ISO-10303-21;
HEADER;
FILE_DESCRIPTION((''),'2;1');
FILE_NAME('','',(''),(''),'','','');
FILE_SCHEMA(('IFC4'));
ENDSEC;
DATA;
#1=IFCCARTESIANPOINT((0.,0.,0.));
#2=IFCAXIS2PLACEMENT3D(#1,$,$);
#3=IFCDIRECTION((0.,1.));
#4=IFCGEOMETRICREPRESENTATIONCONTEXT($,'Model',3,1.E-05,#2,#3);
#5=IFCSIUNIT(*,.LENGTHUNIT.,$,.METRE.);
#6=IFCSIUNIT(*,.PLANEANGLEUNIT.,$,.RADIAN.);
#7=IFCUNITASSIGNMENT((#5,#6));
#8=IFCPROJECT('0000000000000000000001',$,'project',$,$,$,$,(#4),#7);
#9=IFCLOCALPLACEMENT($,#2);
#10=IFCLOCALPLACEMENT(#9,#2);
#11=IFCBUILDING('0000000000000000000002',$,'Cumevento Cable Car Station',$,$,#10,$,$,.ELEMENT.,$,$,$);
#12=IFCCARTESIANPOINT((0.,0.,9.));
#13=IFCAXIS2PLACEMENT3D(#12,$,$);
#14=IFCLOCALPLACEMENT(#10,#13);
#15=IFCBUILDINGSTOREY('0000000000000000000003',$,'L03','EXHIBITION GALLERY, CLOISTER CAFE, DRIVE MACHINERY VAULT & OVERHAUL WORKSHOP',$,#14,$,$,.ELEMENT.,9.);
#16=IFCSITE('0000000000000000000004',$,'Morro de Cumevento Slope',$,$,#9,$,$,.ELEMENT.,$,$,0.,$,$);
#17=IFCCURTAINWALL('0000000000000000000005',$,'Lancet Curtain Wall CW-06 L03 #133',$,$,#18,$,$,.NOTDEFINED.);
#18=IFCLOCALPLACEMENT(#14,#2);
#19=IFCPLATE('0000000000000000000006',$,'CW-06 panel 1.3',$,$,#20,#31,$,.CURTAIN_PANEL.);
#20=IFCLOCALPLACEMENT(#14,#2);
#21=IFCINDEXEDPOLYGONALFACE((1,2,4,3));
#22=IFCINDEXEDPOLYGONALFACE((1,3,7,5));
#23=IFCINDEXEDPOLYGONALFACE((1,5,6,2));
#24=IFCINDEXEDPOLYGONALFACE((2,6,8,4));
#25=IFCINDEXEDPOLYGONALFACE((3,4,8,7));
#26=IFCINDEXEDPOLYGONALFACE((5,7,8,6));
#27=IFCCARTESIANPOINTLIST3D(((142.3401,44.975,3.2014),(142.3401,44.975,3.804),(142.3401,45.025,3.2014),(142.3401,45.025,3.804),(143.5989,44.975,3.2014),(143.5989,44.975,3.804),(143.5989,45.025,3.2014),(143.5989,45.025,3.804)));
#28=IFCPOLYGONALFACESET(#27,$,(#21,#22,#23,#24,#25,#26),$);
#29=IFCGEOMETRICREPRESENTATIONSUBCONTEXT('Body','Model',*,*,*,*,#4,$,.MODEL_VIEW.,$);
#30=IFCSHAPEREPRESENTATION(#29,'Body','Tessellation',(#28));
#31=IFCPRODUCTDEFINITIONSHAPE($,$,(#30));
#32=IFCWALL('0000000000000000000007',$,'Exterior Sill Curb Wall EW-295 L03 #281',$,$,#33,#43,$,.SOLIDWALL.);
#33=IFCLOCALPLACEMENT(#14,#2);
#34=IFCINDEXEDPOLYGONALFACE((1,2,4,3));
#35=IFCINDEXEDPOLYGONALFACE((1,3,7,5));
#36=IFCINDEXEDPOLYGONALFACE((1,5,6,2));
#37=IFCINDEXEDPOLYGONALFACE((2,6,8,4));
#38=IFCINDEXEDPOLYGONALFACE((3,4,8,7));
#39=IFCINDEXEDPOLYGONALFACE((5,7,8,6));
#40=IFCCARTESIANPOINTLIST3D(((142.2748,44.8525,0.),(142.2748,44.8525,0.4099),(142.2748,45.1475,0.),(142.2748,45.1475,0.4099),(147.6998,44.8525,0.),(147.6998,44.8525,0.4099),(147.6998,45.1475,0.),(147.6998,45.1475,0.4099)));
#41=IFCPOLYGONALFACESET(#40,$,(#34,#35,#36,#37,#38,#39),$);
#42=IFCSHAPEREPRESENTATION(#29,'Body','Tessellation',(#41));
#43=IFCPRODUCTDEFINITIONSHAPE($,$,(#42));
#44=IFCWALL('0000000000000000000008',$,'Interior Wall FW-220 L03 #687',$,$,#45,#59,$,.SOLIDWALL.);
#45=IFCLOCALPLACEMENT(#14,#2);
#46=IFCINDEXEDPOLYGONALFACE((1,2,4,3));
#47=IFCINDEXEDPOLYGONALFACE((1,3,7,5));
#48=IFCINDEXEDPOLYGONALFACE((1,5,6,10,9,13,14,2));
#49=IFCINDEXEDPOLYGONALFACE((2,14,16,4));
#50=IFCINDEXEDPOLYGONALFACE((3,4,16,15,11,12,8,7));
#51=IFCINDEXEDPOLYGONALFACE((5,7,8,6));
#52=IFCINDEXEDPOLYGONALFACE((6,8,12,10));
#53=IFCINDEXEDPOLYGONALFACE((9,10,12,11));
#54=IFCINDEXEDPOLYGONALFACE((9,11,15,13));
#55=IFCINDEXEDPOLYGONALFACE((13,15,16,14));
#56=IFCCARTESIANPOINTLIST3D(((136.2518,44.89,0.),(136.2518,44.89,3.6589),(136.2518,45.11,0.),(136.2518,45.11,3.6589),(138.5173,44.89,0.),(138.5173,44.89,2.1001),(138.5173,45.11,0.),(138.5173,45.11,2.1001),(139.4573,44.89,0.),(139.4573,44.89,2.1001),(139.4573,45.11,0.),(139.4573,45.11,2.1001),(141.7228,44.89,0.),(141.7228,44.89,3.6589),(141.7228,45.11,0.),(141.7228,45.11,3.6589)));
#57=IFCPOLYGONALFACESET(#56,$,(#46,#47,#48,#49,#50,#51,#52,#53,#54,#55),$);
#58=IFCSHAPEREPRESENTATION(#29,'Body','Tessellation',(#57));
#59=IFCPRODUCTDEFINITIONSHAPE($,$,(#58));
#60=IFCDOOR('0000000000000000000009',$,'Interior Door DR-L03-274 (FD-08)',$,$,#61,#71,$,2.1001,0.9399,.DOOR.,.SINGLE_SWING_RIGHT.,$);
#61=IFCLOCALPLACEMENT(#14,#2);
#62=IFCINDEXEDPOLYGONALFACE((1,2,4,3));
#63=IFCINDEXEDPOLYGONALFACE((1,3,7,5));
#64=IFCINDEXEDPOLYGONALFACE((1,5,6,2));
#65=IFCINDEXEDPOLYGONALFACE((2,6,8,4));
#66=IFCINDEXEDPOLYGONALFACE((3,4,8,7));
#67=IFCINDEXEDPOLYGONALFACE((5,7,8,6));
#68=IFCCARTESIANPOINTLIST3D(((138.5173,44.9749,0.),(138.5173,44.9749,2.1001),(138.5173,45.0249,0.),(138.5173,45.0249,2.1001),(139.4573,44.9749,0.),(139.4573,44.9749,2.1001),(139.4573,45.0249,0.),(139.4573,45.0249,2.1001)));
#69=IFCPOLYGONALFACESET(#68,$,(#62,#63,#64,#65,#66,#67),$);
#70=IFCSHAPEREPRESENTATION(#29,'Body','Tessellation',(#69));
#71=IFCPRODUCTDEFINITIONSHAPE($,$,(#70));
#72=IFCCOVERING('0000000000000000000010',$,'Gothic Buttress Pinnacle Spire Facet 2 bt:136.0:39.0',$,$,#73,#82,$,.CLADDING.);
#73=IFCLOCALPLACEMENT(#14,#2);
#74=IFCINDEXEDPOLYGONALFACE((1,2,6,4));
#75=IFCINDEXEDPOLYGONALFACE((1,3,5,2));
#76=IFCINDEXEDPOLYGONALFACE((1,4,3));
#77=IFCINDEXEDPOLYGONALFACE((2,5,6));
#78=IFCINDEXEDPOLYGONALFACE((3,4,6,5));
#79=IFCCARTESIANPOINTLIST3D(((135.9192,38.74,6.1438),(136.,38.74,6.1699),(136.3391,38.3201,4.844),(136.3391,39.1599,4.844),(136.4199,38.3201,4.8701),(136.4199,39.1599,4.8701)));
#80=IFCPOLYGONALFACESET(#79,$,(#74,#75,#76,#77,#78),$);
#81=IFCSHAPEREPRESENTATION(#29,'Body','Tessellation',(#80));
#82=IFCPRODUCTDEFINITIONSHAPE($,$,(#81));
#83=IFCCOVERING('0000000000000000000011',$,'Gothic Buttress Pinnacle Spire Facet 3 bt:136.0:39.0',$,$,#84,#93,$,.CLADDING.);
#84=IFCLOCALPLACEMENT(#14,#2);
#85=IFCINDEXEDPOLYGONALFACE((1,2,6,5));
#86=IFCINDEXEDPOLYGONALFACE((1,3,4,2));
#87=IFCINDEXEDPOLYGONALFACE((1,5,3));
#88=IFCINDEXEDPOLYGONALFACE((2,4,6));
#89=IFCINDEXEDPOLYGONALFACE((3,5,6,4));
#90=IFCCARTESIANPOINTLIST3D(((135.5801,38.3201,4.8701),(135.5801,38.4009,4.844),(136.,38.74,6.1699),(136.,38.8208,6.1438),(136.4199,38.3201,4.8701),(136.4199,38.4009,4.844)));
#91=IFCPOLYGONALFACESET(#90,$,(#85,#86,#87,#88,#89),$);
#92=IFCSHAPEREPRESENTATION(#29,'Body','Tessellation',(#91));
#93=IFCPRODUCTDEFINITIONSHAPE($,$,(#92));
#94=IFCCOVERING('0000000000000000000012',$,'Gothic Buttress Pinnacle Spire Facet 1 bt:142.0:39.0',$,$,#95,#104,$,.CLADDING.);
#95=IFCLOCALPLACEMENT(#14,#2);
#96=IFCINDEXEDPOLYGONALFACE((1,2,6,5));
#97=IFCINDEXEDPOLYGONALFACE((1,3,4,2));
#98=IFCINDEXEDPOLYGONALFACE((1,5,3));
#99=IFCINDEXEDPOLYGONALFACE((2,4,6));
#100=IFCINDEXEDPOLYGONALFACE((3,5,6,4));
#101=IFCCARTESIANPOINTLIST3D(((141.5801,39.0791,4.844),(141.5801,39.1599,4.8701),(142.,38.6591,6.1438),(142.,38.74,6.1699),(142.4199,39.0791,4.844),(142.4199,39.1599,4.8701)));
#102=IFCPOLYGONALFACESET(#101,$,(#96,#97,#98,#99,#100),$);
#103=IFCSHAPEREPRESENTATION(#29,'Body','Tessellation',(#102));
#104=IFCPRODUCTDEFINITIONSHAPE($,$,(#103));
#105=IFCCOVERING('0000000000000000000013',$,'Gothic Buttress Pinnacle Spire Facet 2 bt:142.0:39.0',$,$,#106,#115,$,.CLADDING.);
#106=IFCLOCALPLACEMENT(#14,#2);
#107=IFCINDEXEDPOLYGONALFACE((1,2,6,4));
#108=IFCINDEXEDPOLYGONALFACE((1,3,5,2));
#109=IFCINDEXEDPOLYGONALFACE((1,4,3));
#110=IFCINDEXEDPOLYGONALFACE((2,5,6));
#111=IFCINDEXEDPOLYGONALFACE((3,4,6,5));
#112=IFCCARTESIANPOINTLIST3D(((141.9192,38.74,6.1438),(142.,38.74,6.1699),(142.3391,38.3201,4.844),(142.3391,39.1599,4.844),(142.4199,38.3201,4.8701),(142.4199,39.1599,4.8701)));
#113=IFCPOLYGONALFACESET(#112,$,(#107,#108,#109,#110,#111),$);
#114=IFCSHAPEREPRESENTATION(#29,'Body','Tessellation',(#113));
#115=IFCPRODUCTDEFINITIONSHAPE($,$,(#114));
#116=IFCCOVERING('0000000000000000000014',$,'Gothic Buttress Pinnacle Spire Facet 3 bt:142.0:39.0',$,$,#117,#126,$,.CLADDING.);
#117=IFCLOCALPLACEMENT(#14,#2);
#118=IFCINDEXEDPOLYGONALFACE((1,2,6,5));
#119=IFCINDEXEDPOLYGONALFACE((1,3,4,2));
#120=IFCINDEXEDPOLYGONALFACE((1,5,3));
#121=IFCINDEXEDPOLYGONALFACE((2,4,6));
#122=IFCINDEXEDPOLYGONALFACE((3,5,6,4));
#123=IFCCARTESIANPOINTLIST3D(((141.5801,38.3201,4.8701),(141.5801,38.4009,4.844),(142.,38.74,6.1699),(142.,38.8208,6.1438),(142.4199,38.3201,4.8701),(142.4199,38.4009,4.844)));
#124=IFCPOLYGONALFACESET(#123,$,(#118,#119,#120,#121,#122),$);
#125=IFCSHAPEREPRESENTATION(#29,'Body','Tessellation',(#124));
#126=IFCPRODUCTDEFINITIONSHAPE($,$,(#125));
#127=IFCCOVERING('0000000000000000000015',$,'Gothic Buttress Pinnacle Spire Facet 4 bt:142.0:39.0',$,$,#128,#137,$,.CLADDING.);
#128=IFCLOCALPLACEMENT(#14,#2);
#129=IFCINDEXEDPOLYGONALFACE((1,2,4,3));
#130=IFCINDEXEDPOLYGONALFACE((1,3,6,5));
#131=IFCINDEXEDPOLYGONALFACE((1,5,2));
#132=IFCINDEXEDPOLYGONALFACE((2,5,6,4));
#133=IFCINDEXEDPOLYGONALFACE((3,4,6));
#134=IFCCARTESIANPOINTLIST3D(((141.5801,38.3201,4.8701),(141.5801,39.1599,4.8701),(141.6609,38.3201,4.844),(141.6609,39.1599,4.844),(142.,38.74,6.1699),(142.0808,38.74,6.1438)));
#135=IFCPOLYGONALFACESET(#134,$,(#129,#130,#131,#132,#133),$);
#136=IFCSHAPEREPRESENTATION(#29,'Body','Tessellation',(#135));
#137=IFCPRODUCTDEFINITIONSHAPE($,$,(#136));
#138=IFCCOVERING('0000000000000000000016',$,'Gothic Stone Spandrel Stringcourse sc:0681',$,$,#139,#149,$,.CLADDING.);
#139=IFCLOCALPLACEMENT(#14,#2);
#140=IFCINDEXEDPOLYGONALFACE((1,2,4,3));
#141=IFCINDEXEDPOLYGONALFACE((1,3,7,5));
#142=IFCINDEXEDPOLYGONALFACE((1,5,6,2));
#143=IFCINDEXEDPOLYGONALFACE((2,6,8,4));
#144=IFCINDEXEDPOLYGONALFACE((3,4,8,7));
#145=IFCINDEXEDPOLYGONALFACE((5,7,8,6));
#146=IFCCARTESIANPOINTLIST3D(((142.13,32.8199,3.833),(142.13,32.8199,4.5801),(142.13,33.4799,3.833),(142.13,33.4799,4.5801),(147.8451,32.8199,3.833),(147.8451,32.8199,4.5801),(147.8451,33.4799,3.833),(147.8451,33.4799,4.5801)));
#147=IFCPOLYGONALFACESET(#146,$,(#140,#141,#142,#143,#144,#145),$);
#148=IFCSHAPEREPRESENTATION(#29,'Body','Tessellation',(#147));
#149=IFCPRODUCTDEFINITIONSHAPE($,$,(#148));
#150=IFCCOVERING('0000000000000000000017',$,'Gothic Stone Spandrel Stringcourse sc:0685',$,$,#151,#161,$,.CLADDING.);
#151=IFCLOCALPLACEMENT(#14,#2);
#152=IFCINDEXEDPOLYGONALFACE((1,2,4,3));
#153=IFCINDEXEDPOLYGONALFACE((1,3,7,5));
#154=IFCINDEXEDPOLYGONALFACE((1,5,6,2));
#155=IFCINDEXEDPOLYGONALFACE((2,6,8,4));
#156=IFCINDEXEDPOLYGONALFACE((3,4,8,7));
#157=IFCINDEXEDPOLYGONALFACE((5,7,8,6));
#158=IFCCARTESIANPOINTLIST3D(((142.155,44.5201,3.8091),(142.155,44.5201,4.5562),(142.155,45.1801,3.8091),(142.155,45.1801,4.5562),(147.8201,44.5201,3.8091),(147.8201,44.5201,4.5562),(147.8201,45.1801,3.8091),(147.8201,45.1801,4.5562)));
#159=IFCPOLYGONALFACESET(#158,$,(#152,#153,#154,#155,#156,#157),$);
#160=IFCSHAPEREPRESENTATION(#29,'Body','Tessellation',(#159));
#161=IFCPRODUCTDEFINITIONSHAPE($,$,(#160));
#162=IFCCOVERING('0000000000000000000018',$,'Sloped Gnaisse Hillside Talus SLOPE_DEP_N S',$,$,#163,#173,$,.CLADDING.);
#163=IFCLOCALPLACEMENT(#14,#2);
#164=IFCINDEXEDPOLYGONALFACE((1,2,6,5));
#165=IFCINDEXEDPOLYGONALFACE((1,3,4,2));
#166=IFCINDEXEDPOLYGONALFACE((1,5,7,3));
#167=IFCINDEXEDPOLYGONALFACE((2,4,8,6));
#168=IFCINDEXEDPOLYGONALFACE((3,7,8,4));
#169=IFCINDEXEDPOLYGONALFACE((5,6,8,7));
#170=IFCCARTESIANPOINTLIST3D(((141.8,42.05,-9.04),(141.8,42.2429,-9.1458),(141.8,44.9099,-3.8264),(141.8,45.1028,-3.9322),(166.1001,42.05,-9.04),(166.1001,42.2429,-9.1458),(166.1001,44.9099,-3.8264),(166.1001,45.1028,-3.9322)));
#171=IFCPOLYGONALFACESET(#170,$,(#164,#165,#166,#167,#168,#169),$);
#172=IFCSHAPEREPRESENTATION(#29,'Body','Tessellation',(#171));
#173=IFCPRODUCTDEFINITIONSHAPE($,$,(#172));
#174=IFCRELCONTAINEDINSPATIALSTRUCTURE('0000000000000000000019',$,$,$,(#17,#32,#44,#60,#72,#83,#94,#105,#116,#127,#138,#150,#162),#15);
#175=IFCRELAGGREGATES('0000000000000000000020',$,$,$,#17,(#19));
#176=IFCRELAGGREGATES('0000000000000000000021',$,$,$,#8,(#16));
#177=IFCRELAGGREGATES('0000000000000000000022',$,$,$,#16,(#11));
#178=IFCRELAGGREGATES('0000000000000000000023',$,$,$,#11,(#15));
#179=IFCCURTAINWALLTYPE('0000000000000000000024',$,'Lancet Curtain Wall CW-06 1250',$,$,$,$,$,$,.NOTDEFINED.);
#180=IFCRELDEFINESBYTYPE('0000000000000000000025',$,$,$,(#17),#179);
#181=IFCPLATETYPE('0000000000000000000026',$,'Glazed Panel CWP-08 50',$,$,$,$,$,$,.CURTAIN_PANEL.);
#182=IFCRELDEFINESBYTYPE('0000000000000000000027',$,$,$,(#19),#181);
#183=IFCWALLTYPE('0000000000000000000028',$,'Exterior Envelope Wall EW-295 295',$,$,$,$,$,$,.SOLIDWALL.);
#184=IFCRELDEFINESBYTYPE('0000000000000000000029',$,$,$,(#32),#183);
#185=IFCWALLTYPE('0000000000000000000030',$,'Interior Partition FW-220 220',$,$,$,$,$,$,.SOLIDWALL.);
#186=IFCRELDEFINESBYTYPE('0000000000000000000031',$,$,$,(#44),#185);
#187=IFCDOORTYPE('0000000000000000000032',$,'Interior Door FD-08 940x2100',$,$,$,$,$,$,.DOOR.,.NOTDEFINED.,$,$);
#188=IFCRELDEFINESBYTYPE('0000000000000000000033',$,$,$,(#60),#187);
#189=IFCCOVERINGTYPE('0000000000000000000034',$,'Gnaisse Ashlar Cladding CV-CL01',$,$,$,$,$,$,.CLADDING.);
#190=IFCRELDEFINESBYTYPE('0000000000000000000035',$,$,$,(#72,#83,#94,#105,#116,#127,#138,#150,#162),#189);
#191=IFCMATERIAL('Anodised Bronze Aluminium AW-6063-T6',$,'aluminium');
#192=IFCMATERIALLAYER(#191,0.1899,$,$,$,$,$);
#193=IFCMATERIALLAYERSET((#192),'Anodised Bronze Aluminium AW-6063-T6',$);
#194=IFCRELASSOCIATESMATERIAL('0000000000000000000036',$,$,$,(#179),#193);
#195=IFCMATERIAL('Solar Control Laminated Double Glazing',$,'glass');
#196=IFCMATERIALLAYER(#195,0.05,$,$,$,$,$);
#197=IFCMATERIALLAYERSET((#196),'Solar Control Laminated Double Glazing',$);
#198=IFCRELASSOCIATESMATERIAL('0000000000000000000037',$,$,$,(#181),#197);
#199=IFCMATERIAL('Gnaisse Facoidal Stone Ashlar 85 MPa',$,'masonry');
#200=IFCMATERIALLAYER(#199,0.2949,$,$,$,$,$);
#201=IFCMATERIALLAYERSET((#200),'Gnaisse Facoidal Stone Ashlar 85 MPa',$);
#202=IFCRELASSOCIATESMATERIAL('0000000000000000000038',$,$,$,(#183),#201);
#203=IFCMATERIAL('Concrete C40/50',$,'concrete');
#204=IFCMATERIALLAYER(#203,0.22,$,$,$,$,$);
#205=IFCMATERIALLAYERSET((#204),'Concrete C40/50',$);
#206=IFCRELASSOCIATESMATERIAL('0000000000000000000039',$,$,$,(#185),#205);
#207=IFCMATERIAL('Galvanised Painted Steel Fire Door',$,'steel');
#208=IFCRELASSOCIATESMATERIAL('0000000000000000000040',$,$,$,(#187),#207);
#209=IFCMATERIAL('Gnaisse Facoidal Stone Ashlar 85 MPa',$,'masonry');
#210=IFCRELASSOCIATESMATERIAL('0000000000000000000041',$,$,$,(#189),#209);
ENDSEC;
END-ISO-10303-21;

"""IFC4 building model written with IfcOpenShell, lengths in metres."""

from ifc_helpers import new_model, si_unit, direction, frame, frame_2d, origin, origin_2d, place, context, subcontext, project, spatial, polyline, rectangle, outline, extrude, material, layer, layer_set, type_object, element, fill, aggregate, save


model = new_model("IFC4")

# Units and contexts
model_context = context("Model", 3, precision=1e-05, world=origin(), true_north=direction((0.0, 1.0)))
body_context = subcontext(model_context, "Body", "Model", "MODEL_VIEW")
ifc_project = project(units=[si_unit("LENGTHUNIT", "METRE"), si_unit("PLANEANGLEUNIT", "RADIAN")], contexts=[model_context])

# Site, building, storey
site_placement = place(None, origin())
site = spatial("IfcSite", under=ifc_project, at=site_placement, Name="Morro de Cumevento Slope", CompositionType="ELEMENT", RefElevation=0.0)
building_placement = place(site_placement, origin())
building = spatial("IfcBuilding", under=site, at=building_placement, Name="Cumevento Cable Car Station", CompositionType="ELEMENT")
storey_placement = place(building_placement, frame((0.0, 0.0, 9.0)))
storey = spatial("IfcBuildingStorey", under=building, at=storey_placement, Name="L03", Description="EXHIBITION GALLERY, CLOISTER CAFE, DRIVE MACHINERY VAULT & OVERHAUL WORKSHOP", CompositionType="ELEMENT", Elevation=9.0)

# Curtain wall
ifc_material_1 = material(Name="Anodised Bronze Aluminium AW-6063-T6", Category="aluminium")
ifc_layer_1 = layer(ifc_material_1, 0.1899)
ifc_layer_set_1 = layer_set([ifc_layer_1], Name="Anodised Bronze Aluminium AW-6063-T6")
curtain_wall_type = type_object("IfcCurtainWallType", Name="Lancet Curtain Wall CW-06 1250", PredefinedType="NOTDEFINED", material=ifc_layer_set_1)
curtain_wall_placement = place(storey_placement, origin())
curtain_wall = element("IfcCurtainWall", 1, at=curtain_wall_placement, inside=storey, type_object=curtain_wall_type, Name="Lancet Curtain Wall CW-06 L03 #133", PredefinedType="NOTDEFINED")

# Plate
ifc_material_2 = material(Name="Solar Control Laminated Double Glazing", Category="glass")
ifc_layer_2 = layer(ifc_material_2, 0.05)
ifc_layer_set_2 = layer_set([ifc_layer_2], Name="Solar Control Laminated Double Glazing")
plate_type = type_object("IfcPlateType", Name="Glazed Panel CWP-08 50", PredefinedType="CURTAIN_PANEL", material=ifc_layer_set_2)
plate_1_placement = place(storey_placement, frame((142.9695, 45.0, 3.2014), z_axis=(0.0, 0.0, 1.0), x_axis=(1.0, 0.0, 0.0)))
plate_1 = element("IfcPlate", 2, at=plate_1_placement, type_object=plate_type, Name="CW-06 panel 1.3", PredefinedType="CURTAIN_PANEL", context=body_context, shape_type="SweptSolid", body=[
    extrude(rectangle(XDim=1.2588, YDim=0.05, at=origin_2d()), origin(), (0.0, 0.0, 1.0), 0.6025),
])
aggregate(curtain_wall, [plate_1])

# Wall
ifc_material_3 = material(Name="Gnaisse Facoidal Stone Ashlar 85 MPa", Category="masonry")
ifc_layer_3 = layer(ifc_material_3, 0.2949)
ifc_layer_set_3 = layer_set([ifc_layer_3], Name="Gnaisse Facoidal Stone Ashlar 85 MPa")
wall_type_1 = type_object("IfcWallType", Name="Exterior Envelope Wall EW-295 295", PredefinedType="SOLIDWALL", material=ifc_layer_set_3)
wall_1_placement = place(storey_placement, frame((142.2749, 45.0, 0.0), z_axis=(0.0, 0.0, 1.0), x_axis=(1.0, 0.0, 0.0)))
element("IfcWall", 3, at=wall_1_placement, inside=storey, type_object=wall_type_1, Name="Exterior Sill Curb Wall EW-295 L03 #281", PredefinedType="SOLIDWALL", context=body_context, shape_type="SweptSolid", body=[
    extrude(rectangle(XDim=5.425, YDim=0.2949, at=frame_2d((2.7124, 0.0))), origin(), (0.0, 0.0, 1.0), 0.4099),
])

# Wall, opening, door
ifc_material_4 = material(Name="Concrete C40/50", Category="concrete")
ifc_layer_4 = layer(ifc_material_4, 0.22)
ifc_layer_set_4 = layer_set([ifc_layer_4], Name="Concrete C40/50")
wall_type_2 = type_object("IfcWallType", Name="Interior Partition FW-220 220", PredefinedType="SOLIDWALL", material=ifc_layer_set_4)
wall_2_placement = place(storey_placement, frame((136.252, 45.0, 0.0), z_axis=(0.0, 0.0, 1.0), x_axis=(1.0, 0.0, 0.0)))
wall_2 = element("IfcWall", 4, at=wall_2_placement, inside=storey, type_object=wall_type_2, Name="Interior Wall FW-220 L03 #687", PredefinedType="SOLIDWALL", context=body_context, shape_type="SweptSolid", body=[
    extrude(rectangle(XDim=5.4709, YDim=0.22, at=frame_2d((2.7354, 0.0))), origin(), (0.0, 0.0, 1.0), 3.6589),
])
opening_placement = place(wall_2_placement, frame((2.2654, 0.0, 0.0)))
opening = element("IfcOpeningElement", 5, at=opening_placement, cuts=wall_2, PredefinedType="OPENING", context=body_context, shape_type="SweptSolid", body=[
    extrude(rectangle(XDim=0.9399, YDim=2.1001, at=frame_2d((0.47, 1.05))), frame((0.0, 0.1199, 0.0), z_axis=(0.0, -1.0, 0.0), x_axis=(1.0, 0.0, 0.0)), (0.0, 0.0, 1.0), 0.24),
])
ifc_material_5 = material(Name="Galvanised Painted Steel Fire Door", Category="steel")
door_type = type_object("IfcDoorType", Name="Interior Door FD-08 940x2100", OperationType="NOTDEFINED", PredefinedType="DOOR", material=ifc_material_5)
door_placement = place(opening_placement, origin())
door = element("IfcDoor", 6, at=door_placement, inside=storey, type_object=door_type, Name="Interior Door DR-L03-274 (FD-08)", OperationType="SINGLE_SWING_RIGHT", OverallHeight=2.1001, OverallWidth=0.9399, PredefinedType="DOOR", context=body_context, shape_type="SweptSolid", body=[
    extrude(rectangle(XDim=0.9399, YDim=2.1001, at=frame_2d((0.47, 1.05))), frame((0.0, 0.0249, 0.0), z_axis=(0.0, -1.0, 0.0), x_axis=(1.0, 0.0, 0.0)), (0.0, 0.0, 1.0), 0.05),
])
fill(opening, door)

# Coverings
ifc_material_6 = material(Name="Gnaisse Facoidal Stone Ashlar 85 MPa", Category="masonry")
covering_type = type_object("IfcCoveringType", Name="Gnaisse Ashlar Cladding CV-CL01", PredefinedType="CLADDING", material=ifc_material_6)
for number, where, z_axis, x_axis, name in (
    (7, (136.4199, 39.1599, 4.8701), (0.951574, 0.0, 0.307421), (0.0, -1.0, 0.0), "Gothic Buttress Pinnacle Spire Facet 2 bt:136.0:39.0"),
    (8, (136.4199, 38.3201, 4.8701), (0.0, -0.951574, 0.307421), (-1.0, 0.0, 0.0), "Gothic Buttress Pinnacle Spire Facet 3 bt:136.0:39.0"),
    (9, (141.5801, 39.1599, 4.8701), (0.0, 0.951574, 0.307421), (1.0, 0.0, 0.0), "Gothic Buttress Pinnacle Spire Facet 1 bt:142.0:39.0"),
    (10, (142.4199, 39.1599, 4.8701), (0.951574, 0.0, 0.307421), (0.0, -1.0, 0.0), "Gothic Buttress Pinnacle Spire Facet 2 bt:142.0:39.0"),
    (11, (142.4199, 38.3201, 4.8701), (0.0, -0.951574, 0.307421), (-1.0, 0.0, 0.0), "Gothic Buttress Pinnacle Spire Facet 3 bt:142.0:39.0"),
    (12, (141.5801, 38.3201, 4.8701), (-0.951574, 0.0, 0.307421), (0.0, 1.0, 0.0), "Gothic Buttress Pinnacle Spire Facet 4 bt:142.0:39.0"),
):
    element("IfcCovering", number, at=place(storey_placement, frame(where, z_axis=z_axis, x_axis=x_axis)), inside=storey, type_object=covering_type, Name=name, PredefinedType="CLADDING", context=body_context, shape_type="SweptSolid", body=[
        extrude(outline(polyline([(0.0, 0.0), (0.8398, 0.0), (0.4199, -1.366), (0.0, 0.0)])), origin(), (0.0, 0.0, -1.0), 0.085),
    ])
covering_1_placement = place(storey_placement, frame((144.9875, 33.1499, 3.833), z_axis=(0.0, 0.0, 1.0), x_axis=(-1.0, 0.0, 0.0)))
element("IfcCovering", 13, at=covering_1_placement, inside=storey, type_object=covering_type, Name="Gothic Stone Spandrel Stringcourse sc:0681", PredefinedType="CLADDING", context=body_context, shape_type="SweptSolid", body=[
    extrude(rectangle(XDim=5.7151, YDim=0.6599, at=origin_2d()), origin(), (0.0, 0.0, 1.0), 0.7471),
])
covering_2_placement = place(storey_placement, frame((144.9875, 44.8501, 3.8091), z_axis=(0.0, 0.0, 1.0), x_axis=(1.0, 0.0, 0.0)))
element("IfcCovering", 14, at=covering_2_placement, inside=storey, type_object=covering_type, Name="Gothic Stone Spandrel Stringcourse sc:0685", PredefinedType="CLADDING", context=body_context, shape_type="SweptSolid", body=[
    extrude(rectangle(XDim=5.665, YDim=0.6599, at=origin_2d()), origin(), (0.0, 0.0, 1.0), 0.7471),
])
covering_3_placement = place(storey_placement, frame((141.8, 42.05, -9.04), z_axis=(0.0, -0.876757, 0.480933), x_axis=(1.0, 0.0, 0.0)))
element("IfcCovering", 15, at=covering_3_placement, inside=storey, type_object=covering_type, Name="Sloped Gnaisse Hillside Talus SLOPE_DEP_N S", PredefinedType="CLADDING", context=body_context, shape_type="SweptSolid", body=[
    extrude(outline(polyline([(0.0, 0.0), (24.3, 0.0), (24.3, 5.9465), (0.0, 5.9465), (0.0, 0.0)])), origin(), (0.0, 0.0, -1.0), 0.22),
])

save(model, "model.ifc")
